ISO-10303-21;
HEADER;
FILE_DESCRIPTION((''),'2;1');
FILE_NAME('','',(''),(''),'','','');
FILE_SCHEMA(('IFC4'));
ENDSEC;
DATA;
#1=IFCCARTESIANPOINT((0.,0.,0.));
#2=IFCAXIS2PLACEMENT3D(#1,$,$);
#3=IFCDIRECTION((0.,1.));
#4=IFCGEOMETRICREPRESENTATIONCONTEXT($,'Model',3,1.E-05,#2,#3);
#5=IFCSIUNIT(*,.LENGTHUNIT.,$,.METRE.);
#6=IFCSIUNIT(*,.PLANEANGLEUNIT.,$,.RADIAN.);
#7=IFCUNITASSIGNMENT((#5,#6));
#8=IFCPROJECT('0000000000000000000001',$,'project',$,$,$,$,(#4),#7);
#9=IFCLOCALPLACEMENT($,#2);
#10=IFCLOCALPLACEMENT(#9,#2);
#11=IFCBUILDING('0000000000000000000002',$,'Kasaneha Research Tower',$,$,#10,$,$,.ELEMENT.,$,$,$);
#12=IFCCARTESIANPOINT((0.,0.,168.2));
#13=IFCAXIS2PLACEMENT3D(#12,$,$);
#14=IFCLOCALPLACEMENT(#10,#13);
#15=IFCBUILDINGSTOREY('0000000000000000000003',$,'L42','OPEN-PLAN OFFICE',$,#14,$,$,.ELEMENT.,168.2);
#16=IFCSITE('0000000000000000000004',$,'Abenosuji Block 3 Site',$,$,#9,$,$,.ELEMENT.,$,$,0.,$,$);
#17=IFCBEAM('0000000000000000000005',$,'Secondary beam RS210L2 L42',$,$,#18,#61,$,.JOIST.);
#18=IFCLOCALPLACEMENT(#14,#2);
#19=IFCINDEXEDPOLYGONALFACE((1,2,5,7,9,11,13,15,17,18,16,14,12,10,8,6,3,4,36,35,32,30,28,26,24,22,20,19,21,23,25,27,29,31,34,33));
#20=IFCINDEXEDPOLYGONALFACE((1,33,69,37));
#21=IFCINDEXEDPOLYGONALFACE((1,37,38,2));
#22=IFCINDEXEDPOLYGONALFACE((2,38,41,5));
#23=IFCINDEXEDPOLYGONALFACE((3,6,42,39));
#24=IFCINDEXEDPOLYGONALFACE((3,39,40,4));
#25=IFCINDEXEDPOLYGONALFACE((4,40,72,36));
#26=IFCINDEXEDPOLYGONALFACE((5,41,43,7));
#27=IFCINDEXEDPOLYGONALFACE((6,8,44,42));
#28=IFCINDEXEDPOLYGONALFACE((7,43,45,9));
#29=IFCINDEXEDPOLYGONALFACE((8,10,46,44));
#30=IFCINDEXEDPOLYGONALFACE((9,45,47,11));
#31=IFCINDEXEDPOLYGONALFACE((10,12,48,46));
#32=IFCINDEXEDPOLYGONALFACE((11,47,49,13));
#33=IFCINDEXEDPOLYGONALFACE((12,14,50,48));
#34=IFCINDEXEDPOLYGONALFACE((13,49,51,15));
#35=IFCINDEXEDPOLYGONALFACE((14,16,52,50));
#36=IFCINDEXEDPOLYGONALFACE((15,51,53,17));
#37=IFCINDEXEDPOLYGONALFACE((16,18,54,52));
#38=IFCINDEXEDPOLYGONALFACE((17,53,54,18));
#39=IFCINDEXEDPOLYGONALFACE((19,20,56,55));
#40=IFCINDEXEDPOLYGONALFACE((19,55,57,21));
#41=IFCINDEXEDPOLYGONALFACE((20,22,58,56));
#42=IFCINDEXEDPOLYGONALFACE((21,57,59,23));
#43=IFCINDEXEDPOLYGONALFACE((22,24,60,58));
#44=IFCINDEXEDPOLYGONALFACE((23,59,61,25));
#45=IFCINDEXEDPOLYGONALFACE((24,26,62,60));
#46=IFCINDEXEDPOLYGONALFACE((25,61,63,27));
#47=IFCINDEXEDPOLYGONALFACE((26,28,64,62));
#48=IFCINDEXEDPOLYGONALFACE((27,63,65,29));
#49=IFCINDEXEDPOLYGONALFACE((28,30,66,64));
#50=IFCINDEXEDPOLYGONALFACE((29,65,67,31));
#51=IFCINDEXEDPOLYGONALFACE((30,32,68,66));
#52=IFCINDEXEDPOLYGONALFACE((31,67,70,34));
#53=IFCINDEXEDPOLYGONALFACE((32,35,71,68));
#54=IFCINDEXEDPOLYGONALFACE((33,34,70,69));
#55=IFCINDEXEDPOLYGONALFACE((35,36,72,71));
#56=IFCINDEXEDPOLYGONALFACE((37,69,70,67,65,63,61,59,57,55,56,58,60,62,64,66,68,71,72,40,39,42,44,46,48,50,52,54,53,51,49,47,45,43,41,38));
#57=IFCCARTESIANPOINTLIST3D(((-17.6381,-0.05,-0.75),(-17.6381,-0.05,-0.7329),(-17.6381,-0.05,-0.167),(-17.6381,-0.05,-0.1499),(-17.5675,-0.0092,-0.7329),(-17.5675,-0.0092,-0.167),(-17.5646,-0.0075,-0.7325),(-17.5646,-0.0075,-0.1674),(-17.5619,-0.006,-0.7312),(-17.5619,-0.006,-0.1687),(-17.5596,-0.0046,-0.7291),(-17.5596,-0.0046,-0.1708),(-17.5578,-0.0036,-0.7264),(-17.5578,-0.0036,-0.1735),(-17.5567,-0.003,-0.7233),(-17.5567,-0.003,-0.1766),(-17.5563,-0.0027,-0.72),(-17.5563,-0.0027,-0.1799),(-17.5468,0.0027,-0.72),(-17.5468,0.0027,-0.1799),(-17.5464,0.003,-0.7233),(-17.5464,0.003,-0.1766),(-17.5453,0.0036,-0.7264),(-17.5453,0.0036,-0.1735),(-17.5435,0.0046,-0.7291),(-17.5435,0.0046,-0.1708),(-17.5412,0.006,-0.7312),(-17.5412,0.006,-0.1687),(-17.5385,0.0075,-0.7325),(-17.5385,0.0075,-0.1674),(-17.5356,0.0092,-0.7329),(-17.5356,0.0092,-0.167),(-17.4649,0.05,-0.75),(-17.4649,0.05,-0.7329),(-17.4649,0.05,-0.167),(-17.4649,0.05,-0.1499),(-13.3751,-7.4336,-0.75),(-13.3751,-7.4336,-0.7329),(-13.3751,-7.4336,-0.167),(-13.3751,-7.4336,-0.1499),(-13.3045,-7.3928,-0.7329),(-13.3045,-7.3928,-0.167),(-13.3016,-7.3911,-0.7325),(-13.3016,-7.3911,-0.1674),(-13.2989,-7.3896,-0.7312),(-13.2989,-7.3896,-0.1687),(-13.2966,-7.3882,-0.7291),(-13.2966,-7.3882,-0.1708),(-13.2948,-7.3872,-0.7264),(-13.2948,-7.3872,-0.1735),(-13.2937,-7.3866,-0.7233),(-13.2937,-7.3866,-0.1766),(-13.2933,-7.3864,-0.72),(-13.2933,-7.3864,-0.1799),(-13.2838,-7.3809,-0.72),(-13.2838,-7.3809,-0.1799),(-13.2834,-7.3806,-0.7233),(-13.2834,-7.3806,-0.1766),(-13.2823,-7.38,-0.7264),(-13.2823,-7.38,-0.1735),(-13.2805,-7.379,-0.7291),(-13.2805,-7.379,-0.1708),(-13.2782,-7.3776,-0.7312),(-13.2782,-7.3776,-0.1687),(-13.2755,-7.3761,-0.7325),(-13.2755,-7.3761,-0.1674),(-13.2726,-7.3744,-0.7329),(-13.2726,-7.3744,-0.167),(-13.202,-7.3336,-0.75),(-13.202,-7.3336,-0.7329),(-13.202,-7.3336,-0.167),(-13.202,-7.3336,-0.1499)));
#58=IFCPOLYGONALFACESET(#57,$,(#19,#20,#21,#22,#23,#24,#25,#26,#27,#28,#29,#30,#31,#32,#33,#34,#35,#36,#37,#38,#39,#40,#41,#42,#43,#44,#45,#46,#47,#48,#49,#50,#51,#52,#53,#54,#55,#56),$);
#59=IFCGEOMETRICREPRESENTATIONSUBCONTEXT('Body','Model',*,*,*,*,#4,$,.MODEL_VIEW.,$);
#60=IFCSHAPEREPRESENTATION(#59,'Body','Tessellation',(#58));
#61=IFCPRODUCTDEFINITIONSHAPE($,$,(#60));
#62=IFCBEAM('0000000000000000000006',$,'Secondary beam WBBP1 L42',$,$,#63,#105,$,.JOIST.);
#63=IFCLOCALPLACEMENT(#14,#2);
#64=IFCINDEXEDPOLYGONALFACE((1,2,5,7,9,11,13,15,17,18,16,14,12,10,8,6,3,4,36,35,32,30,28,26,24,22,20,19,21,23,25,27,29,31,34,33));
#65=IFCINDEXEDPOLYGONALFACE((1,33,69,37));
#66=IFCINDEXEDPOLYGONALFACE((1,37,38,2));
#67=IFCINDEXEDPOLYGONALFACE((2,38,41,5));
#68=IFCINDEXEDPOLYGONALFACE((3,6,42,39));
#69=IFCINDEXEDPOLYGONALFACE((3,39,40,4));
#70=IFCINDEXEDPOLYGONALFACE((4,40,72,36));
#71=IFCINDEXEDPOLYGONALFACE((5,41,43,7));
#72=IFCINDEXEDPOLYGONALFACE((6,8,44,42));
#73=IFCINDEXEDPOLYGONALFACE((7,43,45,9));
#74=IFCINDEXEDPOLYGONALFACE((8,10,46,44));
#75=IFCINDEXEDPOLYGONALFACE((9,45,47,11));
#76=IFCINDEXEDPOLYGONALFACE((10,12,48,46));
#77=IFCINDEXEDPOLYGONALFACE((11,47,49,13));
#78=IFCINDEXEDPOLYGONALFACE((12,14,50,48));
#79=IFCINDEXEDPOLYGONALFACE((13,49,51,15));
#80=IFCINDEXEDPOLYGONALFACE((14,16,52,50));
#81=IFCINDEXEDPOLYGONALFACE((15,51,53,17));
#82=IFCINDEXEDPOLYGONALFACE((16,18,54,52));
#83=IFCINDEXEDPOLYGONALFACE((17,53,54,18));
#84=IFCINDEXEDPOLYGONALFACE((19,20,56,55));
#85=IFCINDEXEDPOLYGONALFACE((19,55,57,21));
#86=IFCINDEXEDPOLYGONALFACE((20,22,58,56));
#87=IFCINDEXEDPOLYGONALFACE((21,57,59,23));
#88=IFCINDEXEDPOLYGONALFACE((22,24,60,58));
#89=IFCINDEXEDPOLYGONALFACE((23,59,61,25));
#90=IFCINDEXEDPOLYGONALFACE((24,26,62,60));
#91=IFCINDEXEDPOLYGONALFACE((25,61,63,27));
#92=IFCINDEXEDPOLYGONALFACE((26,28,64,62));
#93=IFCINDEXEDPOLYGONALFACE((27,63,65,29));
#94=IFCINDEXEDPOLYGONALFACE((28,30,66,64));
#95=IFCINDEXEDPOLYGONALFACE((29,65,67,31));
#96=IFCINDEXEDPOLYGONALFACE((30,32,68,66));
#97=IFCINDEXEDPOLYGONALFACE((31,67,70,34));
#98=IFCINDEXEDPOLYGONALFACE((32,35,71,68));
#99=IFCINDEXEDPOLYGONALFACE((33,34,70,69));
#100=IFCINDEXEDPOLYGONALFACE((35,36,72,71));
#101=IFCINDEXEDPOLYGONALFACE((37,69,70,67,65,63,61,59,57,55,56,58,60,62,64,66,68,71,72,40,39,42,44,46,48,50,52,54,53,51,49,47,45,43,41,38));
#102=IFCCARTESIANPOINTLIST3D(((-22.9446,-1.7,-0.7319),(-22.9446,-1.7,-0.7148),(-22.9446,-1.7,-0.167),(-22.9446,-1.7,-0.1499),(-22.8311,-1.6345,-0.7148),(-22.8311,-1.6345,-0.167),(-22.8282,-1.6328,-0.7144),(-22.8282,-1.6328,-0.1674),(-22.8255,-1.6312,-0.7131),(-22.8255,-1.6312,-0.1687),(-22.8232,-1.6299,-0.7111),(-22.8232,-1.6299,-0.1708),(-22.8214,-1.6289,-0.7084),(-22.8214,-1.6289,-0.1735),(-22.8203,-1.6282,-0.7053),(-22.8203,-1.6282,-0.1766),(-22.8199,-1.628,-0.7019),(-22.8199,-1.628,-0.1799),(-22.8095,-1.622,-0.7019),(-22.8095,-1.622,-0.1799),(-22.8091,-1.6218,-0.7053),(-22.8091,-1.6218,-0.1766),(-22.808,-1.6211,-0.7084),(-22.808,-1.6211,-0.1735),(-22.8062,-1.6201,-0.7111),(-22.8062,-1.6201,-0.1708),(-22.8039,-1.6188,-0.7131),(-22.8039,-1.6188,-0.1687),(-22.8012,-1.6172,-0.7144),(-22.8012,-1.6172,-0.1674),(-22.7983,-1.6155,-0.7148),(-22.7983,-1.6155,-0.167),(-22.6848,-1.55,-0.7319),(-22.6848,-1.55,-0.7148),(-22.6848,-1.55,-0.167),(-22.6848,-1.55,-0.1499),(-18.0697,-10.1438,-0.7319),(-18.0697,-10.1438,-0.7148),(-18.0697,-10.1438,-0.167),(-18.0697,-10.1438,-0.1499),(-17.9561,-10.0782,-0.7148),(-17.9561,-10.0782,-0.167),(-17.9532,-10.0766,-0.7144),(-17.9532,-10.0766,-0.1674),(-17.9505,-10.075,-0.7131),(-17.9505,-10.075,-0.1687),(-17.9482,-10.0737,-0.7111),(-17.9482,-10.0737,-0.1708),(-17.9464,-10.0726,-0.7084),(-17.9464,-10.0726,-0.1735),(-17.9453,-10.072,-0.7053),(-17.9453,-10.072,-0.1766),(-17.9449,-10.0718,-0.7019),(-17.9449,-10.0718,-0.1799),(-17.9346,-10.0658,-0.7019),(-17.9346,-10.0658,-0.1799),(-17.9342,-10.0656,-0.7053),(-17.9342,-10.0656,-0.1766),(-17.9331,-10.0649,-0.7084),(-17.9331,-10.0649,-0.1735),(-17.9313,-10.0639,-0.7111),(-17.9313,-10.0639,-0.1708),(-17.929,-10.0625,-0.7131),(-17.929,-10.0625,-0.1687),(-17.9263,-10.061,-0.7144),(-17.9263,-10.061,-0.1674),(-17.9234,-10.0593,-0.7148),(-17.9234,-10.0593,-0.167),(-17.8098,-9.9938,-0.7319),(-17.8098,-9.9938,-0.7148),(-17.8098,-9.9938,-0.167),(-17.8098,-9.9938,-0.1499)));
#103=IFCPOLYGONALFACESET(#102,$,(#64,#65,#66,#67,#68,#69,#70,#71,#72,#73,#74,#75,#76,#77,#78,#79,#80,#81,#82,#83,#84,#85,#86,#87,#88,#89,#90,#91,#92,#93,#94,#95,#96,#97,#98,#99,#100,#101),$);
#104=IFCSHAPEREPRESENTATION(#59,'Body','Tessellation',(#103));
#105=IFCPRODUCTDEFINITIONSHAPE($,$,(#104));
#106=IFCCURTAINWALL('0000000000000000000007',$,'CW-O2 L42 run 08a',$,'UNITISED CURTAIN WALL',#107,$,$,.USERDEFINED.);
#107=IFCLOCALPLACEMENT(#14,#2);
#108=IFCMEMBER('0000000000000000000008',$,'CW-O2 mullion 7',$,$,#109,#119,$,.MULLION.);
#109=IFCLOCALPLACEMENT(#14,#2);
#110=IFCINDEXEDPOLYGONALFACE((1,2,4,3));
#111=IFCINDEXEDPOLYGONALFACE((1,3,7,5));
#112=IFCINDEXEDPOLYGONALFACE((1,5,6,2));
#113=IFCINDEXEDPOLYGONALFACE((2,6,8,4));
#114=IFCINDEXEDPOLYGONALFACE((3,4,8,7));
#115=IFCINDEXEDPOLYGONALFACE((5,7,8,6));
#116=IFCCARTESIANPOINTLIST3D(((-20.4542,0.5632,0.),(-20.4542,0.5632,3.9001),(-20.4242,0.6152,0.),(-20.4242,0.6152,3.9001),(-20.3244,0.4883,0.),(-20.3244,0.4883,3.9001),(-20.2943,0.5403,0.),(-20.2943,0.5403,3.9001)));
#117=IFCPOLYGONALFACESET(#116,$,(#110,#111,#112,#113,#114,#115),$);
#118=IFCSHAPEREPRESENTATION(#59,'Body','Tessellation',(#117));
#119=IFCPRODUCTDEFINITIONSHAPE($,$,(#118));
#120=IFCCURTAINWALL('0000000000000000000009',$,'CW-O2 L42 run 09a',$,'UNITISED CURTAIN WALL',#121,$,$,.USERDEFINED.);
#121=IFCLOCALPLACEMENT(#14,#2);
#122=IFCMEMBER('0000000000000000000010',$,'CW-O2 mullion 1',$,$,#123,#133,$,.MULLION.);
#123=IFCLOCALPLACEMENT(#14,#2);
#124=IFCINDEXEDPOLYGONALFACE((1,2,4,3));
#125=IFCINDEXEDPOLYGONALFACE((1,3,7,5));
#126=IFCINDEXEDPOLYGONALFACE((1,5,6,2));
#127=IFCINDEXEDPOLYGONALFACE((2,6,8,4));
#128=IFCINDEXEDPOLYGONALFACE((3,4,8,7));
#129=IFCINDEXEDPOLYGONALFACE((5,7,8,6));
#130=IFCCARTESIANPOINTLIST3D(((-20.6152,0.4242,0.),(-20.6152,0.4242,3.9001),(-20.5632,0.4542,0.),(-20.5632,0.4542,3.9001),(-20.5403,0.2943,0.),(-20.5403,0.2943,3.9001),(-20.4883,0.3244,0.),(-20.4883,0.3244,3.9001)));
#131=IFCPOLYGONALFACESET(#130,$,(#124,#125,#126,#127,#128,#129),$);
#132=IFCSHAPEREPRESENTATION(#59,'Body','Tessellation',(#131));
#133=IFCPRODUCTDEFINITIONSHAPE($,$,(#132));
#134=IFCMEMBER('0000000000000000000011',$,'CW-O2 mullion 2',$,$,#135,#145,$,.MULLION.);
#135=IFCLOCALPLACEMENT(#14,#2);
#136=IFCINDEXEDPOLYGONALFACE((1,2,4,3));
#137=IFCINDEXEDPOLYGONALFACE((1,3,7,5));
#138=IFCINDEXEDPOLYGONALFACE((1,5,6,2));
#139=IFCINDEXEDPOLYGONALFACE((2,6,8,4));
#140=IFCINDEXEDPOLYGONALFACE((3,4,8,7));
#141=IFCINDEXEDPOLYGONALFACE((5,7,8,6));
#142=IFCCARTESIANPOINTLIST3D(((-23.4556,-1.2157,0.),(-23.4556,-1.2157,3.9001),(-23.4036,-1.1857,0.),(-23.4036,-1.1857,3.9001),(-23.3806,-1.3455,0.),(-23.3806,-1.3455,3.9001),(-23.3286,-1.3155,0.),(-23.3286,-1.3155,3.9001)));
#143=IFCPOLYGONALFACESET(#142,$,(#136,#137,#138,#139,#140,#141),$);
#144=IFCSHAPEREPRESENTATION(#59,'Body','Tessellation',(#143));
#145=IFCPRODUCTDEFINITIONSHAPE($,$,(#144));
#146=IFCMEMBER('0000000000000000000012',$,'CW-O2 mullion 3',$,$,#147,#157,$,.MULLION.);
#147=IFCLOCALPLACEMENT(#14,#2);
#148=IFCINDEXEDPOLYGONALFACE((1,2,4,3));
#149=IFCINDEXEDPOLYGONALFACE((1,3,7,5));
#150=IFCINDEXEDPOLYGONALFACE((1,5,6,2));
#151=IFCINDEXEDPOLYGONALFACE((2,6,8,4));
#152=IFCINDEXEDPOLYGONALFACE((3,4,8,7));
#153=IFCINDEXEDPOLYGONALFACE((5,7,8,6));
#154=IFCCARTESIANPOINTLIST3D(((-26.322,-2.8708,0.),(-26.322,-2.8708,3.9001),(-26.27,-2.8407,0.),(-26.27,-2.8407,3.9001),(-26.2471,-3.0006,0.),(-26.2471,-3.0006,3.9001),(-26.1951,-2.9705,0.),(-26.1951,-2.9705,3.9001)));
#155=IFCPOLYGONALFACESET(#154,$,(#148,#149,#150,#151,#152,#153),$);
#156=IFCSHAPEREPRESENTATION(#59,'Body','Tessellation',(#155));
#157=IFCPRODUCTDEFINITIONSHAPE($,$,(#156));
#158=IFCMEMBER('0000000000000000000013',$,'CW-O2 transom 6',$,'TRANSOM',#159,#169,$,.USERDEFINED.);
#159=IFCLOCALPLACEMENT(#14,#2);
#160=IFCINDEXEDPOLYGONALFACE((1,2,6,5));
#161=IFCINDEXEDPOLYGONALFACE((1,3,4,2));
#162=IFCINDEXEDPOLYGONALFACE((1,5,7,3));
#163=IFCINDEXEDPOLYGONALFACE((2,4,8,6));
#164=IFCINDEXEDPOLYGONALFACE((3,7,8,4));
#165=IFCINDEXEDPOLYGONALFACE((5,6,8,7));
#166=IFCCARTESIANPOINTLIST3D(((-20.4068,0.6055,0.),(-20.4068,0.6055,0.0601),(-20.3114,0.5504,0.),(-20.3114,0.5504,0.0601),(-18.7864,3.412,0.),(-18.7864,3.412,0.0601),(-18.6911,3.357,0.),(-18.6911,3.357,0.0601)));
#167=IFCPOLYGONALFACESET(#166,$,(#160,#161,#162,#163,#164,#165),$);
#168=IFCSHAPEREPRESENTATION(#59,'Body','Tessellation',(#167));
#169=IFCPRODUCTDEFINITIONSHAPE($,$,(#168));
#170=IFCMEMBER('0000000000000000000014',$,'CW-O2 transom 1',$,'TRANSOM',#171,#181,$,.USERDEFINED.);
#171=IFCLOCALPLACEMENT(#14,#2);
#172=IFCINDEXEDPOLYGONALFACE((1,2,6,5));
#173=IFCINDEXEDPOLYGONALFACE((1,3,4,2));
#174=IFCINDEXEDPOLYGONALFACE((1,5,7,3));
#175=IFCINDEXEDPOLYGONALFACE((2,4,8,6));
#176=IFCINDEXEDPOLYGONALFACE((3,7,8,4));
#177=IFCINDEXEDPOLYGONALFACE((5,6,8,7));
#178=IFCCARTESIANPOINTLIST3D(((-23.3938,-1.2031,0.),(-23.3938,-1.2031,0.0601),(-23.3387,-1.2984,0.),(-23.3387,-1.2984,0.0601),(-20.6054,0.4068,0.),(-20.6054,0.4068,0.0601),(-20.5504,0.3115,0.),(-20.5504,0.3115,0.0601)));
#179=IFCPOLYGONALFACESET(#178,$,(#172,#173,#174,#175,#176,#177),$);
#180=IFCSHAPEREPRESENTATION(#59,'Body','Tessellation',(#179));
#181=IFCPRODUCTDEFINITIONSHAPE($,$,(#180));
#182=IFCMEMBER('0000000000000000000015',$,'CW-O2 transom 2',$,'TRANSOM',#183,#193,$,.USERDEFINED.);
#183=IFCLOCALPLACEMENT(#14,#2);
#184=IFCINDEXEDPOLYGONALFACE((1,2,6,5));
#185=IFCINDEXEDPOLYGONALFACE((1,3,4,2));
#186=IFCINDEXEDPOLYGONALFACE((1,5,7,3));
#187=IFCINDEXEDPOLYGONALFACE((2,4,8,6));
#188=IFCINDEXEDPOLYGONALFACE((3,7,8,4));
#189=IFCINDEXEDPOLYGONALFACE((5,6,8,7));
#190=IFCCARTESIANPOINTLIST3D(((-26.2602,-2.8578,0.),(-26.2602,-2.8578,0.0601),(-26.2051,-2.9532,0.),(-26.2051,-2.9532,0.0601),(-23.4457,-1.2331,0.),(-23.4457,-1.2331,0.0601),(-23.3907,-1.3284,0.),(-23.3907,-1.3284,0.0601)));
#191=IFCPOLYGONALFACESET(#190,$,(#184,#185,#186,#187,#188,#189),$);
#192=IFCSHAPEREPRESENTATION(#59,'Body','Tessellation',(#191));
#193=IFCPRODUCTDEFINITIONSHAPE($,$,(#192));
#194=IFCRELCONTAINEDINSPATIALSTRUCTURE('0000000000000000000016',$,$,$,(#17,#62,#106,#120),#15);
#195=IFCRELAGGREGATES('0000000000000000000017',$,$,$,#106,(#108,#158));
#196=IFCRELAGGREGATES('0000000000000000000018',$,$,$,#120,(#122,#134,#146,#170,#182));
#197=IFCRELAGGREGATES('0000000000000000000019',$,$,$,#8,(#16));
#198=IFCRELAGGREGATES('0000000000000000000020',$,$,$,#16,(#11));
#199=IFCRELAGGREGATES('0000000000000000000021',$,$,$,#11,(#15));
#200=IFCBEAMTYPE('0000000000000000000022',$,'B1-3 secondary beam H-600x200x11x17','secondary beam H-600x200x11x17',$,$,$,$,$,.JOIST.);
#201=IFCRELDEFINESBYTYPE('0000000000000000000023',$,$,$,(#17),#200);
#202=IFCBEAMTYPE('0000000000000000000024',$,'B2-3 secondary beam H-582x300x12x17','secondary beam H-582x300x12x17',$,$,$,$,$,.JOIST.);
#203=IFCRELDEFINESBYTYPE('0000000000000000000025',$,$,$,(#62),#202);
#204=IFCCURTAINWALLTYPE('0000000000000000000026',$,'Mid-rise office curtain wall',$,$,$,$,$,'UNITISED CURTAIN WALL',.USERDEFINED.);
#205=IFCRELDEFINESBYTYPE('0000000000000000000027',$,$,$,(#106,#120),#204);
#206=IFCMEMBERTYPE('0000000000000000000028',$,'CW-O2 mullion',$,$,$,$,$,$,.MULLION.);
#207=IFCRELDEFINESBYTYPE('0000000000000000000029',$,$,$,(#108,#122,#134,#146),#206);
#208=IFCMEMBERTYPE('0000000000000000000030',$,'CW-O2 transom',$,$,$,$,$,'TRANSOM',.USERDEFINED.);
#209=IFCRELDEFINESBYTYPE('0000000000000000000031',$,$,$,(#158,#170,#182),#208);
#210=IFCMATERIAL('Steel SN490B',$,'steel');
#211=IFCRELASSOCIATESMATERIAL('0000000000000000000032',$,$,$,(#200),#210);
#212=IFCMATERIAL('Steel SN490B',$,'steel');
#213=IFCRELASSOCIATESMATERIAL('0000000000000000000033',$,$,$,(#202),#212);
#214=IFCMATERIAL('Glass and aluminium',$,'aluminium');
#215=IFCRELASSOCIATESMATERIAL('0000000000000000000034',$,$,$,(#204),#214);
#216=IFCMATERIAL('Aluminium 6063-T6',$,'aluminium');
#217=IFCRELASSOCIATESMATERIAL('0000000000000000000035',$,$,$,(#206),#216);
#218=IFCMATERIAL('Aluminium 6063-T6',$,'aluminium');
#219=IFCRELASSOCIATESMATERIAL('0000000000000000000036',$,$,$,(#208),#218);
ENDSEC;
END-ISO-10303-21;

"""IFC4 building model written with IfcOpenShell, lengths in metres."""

from ifc_helpers import new_model, si_unit, direction, frame, origin, origin_2d, place, context, subcontext, project, spatial, rectangle, i_section, extrude, material, material_profile, profile_set, type_object, element, aggregate, save


model = new_model("IFC4")

# Units and contexts
model_context = context("Model", 3, precision=1e-05, world=origin(), true_north=direction((0.0, 1.0)))
body_context = subcontext(model_context, "Body", "Model", "MODEL_VIEW")
ifc_project = project(units=[si_unit("LENGTHUNIT", "METRE"), si_unit("PLANEANGLEUNIT", "RADIAN")], contexts=[model_context])

# Site, building, storey
site_placement = place(None, origin())
site = spatial("IfcSite", under=ifc_project, at=site_placement, Name="Abenosuji Block 3 Site", CompositionType="ELEMENT", RefElevation=0.0)
building_placement = place(site_placement, origin())
building = spatial("IfcBuilding", under=site, at=building_placement, Name="Kasaneha Research Tower", CompositionType="ELEMENT")
storey_placement = place(building_placement, frame((0.0, 0.0, 168.2)))
storey = spatial("IfcBuildingStorey", under=building, at=storey_placement, Name="L42", Description="OPEN-PLAN OFFICE", CompositionType="ELEMENT", Elevation=168.2)

# Beams
ifc_material_1 = material(Name="Steel SN490B", Category="steel")
ifc_material_profile_1 = material_profile(ifc_material_1, i_section(OverallWidth=0.2, OverallDepth=0.6001, WebThickness=0.011, FlangeThickness=0.0171, FilletRadius=0.0129, at=origin_2d()), Name="H-600x200x11x17")
ifc_profile_set_1 = profile_set([ifc_material_profile_1], Name="Steel SN490B")
beam_type_1 = type_object("IfcBeamType", Name="B1-3 secondary beam H-600x200x11x17", Description="secondary beam H-600x200x11x17", PredefinedType="JOIST", material=ifc_profile_set_1)
beam_1_placement = place(storey_placement, frame((-17.5515, 0.0, -0.45), z_axis=(0.500004, -0.866023, 0.0), x_axis=(0.866023, 0.500004, 0.0)))
element("IfcBeam", 1, at=beam_1_placement, inside=storey, type_object=beam_type_1, Name="Secondary beam RS210L2 L42", PredefinedType="JOIST", context=body_context, shape_type="SweptSolid", body=[
    extrude(i_section(OverallWidth=0.2, OverallDepth=0.6001, WebThickness=0.011, FlangeThickness=0.0171, FilletRadius=0.0129, at=origin_2d()), origin(), (0.0, 0.0, 1.0), 8.5259),
])
ifc_material_2 = material(Name="Steel SN490B", Category="steel")
ifc_material_profile_2 = material_profile(ifc_material_2, i_section(OverallWidth=0.3, OverallDepth=0.582, WebThickness=0.012, FlangeThickness=0.0171, FilletRadius=0.0129, at=origin_2d()), Name="H-582x300x12x17")
ifc_profile_set_2 = profile_set([ifc_material_profile_2], Name="Steel SN490B")
beam_type_2 = type_object("IfcBeamType", Name="B2-3 secondary beam H-582x300x12x17", Description="secondary beam H-582x300x12x17", PredefinedType="JOIST", material=ifc_profile_set_2)
beam_2_placement = place(storey_placement, frame((-22.8147, -1.625, -0.4409), z_axis=(0.499996, -0.866028, 0.0), x_axis=(0.866028, 0.499996, 0.0)))
element("IfcBeam", 2, at=beam_2_placement, inside=storey, type_object=beam_type_2, Name="Secondary beam WBBP1 L42", PredefinedType="JOIST", context=body_context, shape_type="SweptSolid", body=[
    extrude(i_section(OverallWidth=0.3, OverallDepth=0.582, WebThickness=0.012, FlangeThickness=0.0171, FilletRadius=0.0129, at=origin_2d()), origin(), (0.0, 0.0, 1.0), 9.75),
])

# Curtain wall, member
ifc_material_3 = material(Name="Glass and aluminium", Category="aluminium")
curtain_wall_type = type_object("IfcCurtainWallType", Name="Mid-rise office curtain wall", ElementType="UNITISED CURTAIN WALL", PredefinedType="USERDEFINED", material=ifc_material_3)
curtain_wall_1_placement = place(storey_placement, origin())
curtain_wall_1 = element("IfcCurtainWall", 3, at=curtain_wall_1_placement, inside=storey, type_object=curtain_wall_type, Name="CW-O2 L42 run 08a", ObjectType="UNITISED CURTAIN WALL", PredefinedType="USERDEFINED")
ifc_material_4 = material(Name="Aluminium 6063-T6", Category="aluminium")
ifc_material_profile_3 = material_profile(ifc_material_4, rectangle(XDim=0.0601, YDim=0.1499, at=origin_2d()), Name="CW-O2 mullion 60x150")
ifc_profile_set_3 = profile_set([ifc_material_profile_3], Name="Aluminium 6063-T6")
member_type_1 = type_object("IfcMemberType", Name="CW-O2 mullion", PredefinedType="MULLION", material=ifc_profile_set_3)
member_1_placement = place(storey_placement, frame((-20.3743, 0.5518, 0.0), z_axis=(0.0, 0.0, 1.0), x_axis=(-0.5, -0.866025, 0.0)))
member_1 = element("IfcMember", 4, at=member_1_placement, type_object=member_type_1, Name="CW-O2 mullion 7", PredefinedType="MULLION", context=body_context, shape_type="SweptSolid", body=[
    extrude(rectangle(XDim=0.0601, YDim=0.1499, at=origin_2d()), origin(), (0.0, 0.0, 1.0), 3.9001),
])

# Curtain wall, members
curtain_wall_2_placement = place(storey_placement, origin())
curtain_wall_2 = element("IfcCurtainWall", 5, at=curtain_wall_2_placement, inside=storey, type_object=curtain_wall_type, Name="CW-O2 L42 run 09a", ObjectType="UNITISED CURTAIN WALL", PredefinedType="USERDEFINED")
member_2_placement = place(storey_placement, frame((-20.5518, 0.3743, 0.0), z_axis=(0.0, 0.0, 1.0), x_axis=(-0.866025, -0.5, 0.0)))
member_2 = element("IfcMember", 6, at=member_2_placement, type_object=member_type_1, Name="CW-O2 mullion 1", PredefinedType="MULLION", context=body_context, shape_type="SweptSolid", body=[
    extrude(rectangle(XDim=0.0601, YDim=0.1499, at=origin_2d()), origin(), (0.0, 0.0, 1.0), 3.9001),
])
member_3_placement = place(storey_placement, frame((-23.3921, -1.2656, 0.0), z_axis=(0.0, 0.0, 1.0), x_axis=(-0.866025, -0.5, 0.0)))
member_3 = element("IfcMember", 7, at=member_3_placement, type_object=member_type_1, Name="CW-O2 mullion 2", PredefinedType="MULLION", context=body_context, shape_type="SweptSolid", body=[
    extrude(rectangle(XDim=0.0601, YDim=0.1499, at=origin_2d()), origin(), (0.0, 0.0, 1.0), 3.9001),
])
member_4_placement = place(storey_placement, frame((-26.2585, -2.9207, 0.0), z_axis=(0.0, 0.0, 1.0), x_axis=(-0.866025, -0.5, 0.0)))
member_4 = element("IfcMember", 8, at=member_4_placement, type_object=member_type_1, Name="CW-O2 mullion 3", PredefinedType="MULLION", context=body_context, shape_type="SweptSolid", body=[
    extrude(rectangle(XDim=0.0601, YDim=0.1499, at=origin_2d()), origin(), (0.0, 0.0, 1.0), 3.9001),
])

# Members
ifc_material_5 = material(Name="Aluminium 6063-T6", Category="aluminium")
ifc_material_profile_4 = material_profile(ifc_material_5, rectangle(XDim=0.1101, YDim=0.0601, at=origin_2d()), Name="CW-O2 transom 110x60")
ifc_profile_set_4 = profile_set([ifc_material_profile_4], Name="Aluminium 6063-T6")
member_type_2 = type_object("IfcMemberType", Name="CW-O2 transom", ElementType="TRANSOM", PredefinedType="USERDEFINED", material=ifc_profile_set_4)
member_5_placement = place(storey_placement, frame((-18.7388, 3.3845, 0.03), z_axis=(-0.499988, -0.866033, 0.0), x_axis=(0.866033, -0.499988, 0.0)))
member_5 = element("IfcMember", 9, at=member_5_placement, type_object=member_type_2, Name="CW-O2 transom 6", ObjectType="TRANSOM", PredefinedType="USERDEFINED", context=body_context, shape_type="SweptSolid", body=[
    extrude(rectangle(XDim=0.1101, YDim=0.0601, at=origin_2d()), origin(), (0.0, 0.0, 1.0), 3.2407),
])
member_6_placement = place(storey_placement, frame((-20.5779, 0.3591, 0.03), z_axis=(-0.866023, -0.500005, 0.0), x_axis=(0.500005, -0.866023, 0.0)))
member_6 = element("IfcMember", 10, at=member_6_placement, type_object=member_type_2, Name="CW-O2 transom 1", ObjectType="TRANSOM", PredefinedType="USERDEFINED", context=body_context, shape_type="SweptSolid", body=[
    extrude(rectangle(XDim=0.1101, YDim=0.0601, at=origin_2d()), origin(), (0.0, 0.0, 1.0), 3.2197),
])
member_7_placement = place(storey_placement, frame((-23.4182, -1.2808, 0.03), z_axis=(-0.866048, -0.499961, 0.0), x_axis=(0.499961, -0.866048, 0.0)))
member_7 = element("IfcMember", 11, at=member_7_placement, type_object=member_type_2, Name="CW-O2 transom 2", ObjectType="TRANSOM", PredefinedType="USERDEFINED", context=body_context, shape_type="SweptSolid", body=[
    extrude(rectangle(XDim=0.1101, YDim=0.0601, at=origin_2d()), origin(), (0.0, 0.0, 1.0), 3.2498),
])

aggregate(curtain_wall_1, [member_1, member_5])
aggregate(curtain_wall_2, [member_2, member_3, member_4, member_6, member_7])

save(model, "model.ifc")
